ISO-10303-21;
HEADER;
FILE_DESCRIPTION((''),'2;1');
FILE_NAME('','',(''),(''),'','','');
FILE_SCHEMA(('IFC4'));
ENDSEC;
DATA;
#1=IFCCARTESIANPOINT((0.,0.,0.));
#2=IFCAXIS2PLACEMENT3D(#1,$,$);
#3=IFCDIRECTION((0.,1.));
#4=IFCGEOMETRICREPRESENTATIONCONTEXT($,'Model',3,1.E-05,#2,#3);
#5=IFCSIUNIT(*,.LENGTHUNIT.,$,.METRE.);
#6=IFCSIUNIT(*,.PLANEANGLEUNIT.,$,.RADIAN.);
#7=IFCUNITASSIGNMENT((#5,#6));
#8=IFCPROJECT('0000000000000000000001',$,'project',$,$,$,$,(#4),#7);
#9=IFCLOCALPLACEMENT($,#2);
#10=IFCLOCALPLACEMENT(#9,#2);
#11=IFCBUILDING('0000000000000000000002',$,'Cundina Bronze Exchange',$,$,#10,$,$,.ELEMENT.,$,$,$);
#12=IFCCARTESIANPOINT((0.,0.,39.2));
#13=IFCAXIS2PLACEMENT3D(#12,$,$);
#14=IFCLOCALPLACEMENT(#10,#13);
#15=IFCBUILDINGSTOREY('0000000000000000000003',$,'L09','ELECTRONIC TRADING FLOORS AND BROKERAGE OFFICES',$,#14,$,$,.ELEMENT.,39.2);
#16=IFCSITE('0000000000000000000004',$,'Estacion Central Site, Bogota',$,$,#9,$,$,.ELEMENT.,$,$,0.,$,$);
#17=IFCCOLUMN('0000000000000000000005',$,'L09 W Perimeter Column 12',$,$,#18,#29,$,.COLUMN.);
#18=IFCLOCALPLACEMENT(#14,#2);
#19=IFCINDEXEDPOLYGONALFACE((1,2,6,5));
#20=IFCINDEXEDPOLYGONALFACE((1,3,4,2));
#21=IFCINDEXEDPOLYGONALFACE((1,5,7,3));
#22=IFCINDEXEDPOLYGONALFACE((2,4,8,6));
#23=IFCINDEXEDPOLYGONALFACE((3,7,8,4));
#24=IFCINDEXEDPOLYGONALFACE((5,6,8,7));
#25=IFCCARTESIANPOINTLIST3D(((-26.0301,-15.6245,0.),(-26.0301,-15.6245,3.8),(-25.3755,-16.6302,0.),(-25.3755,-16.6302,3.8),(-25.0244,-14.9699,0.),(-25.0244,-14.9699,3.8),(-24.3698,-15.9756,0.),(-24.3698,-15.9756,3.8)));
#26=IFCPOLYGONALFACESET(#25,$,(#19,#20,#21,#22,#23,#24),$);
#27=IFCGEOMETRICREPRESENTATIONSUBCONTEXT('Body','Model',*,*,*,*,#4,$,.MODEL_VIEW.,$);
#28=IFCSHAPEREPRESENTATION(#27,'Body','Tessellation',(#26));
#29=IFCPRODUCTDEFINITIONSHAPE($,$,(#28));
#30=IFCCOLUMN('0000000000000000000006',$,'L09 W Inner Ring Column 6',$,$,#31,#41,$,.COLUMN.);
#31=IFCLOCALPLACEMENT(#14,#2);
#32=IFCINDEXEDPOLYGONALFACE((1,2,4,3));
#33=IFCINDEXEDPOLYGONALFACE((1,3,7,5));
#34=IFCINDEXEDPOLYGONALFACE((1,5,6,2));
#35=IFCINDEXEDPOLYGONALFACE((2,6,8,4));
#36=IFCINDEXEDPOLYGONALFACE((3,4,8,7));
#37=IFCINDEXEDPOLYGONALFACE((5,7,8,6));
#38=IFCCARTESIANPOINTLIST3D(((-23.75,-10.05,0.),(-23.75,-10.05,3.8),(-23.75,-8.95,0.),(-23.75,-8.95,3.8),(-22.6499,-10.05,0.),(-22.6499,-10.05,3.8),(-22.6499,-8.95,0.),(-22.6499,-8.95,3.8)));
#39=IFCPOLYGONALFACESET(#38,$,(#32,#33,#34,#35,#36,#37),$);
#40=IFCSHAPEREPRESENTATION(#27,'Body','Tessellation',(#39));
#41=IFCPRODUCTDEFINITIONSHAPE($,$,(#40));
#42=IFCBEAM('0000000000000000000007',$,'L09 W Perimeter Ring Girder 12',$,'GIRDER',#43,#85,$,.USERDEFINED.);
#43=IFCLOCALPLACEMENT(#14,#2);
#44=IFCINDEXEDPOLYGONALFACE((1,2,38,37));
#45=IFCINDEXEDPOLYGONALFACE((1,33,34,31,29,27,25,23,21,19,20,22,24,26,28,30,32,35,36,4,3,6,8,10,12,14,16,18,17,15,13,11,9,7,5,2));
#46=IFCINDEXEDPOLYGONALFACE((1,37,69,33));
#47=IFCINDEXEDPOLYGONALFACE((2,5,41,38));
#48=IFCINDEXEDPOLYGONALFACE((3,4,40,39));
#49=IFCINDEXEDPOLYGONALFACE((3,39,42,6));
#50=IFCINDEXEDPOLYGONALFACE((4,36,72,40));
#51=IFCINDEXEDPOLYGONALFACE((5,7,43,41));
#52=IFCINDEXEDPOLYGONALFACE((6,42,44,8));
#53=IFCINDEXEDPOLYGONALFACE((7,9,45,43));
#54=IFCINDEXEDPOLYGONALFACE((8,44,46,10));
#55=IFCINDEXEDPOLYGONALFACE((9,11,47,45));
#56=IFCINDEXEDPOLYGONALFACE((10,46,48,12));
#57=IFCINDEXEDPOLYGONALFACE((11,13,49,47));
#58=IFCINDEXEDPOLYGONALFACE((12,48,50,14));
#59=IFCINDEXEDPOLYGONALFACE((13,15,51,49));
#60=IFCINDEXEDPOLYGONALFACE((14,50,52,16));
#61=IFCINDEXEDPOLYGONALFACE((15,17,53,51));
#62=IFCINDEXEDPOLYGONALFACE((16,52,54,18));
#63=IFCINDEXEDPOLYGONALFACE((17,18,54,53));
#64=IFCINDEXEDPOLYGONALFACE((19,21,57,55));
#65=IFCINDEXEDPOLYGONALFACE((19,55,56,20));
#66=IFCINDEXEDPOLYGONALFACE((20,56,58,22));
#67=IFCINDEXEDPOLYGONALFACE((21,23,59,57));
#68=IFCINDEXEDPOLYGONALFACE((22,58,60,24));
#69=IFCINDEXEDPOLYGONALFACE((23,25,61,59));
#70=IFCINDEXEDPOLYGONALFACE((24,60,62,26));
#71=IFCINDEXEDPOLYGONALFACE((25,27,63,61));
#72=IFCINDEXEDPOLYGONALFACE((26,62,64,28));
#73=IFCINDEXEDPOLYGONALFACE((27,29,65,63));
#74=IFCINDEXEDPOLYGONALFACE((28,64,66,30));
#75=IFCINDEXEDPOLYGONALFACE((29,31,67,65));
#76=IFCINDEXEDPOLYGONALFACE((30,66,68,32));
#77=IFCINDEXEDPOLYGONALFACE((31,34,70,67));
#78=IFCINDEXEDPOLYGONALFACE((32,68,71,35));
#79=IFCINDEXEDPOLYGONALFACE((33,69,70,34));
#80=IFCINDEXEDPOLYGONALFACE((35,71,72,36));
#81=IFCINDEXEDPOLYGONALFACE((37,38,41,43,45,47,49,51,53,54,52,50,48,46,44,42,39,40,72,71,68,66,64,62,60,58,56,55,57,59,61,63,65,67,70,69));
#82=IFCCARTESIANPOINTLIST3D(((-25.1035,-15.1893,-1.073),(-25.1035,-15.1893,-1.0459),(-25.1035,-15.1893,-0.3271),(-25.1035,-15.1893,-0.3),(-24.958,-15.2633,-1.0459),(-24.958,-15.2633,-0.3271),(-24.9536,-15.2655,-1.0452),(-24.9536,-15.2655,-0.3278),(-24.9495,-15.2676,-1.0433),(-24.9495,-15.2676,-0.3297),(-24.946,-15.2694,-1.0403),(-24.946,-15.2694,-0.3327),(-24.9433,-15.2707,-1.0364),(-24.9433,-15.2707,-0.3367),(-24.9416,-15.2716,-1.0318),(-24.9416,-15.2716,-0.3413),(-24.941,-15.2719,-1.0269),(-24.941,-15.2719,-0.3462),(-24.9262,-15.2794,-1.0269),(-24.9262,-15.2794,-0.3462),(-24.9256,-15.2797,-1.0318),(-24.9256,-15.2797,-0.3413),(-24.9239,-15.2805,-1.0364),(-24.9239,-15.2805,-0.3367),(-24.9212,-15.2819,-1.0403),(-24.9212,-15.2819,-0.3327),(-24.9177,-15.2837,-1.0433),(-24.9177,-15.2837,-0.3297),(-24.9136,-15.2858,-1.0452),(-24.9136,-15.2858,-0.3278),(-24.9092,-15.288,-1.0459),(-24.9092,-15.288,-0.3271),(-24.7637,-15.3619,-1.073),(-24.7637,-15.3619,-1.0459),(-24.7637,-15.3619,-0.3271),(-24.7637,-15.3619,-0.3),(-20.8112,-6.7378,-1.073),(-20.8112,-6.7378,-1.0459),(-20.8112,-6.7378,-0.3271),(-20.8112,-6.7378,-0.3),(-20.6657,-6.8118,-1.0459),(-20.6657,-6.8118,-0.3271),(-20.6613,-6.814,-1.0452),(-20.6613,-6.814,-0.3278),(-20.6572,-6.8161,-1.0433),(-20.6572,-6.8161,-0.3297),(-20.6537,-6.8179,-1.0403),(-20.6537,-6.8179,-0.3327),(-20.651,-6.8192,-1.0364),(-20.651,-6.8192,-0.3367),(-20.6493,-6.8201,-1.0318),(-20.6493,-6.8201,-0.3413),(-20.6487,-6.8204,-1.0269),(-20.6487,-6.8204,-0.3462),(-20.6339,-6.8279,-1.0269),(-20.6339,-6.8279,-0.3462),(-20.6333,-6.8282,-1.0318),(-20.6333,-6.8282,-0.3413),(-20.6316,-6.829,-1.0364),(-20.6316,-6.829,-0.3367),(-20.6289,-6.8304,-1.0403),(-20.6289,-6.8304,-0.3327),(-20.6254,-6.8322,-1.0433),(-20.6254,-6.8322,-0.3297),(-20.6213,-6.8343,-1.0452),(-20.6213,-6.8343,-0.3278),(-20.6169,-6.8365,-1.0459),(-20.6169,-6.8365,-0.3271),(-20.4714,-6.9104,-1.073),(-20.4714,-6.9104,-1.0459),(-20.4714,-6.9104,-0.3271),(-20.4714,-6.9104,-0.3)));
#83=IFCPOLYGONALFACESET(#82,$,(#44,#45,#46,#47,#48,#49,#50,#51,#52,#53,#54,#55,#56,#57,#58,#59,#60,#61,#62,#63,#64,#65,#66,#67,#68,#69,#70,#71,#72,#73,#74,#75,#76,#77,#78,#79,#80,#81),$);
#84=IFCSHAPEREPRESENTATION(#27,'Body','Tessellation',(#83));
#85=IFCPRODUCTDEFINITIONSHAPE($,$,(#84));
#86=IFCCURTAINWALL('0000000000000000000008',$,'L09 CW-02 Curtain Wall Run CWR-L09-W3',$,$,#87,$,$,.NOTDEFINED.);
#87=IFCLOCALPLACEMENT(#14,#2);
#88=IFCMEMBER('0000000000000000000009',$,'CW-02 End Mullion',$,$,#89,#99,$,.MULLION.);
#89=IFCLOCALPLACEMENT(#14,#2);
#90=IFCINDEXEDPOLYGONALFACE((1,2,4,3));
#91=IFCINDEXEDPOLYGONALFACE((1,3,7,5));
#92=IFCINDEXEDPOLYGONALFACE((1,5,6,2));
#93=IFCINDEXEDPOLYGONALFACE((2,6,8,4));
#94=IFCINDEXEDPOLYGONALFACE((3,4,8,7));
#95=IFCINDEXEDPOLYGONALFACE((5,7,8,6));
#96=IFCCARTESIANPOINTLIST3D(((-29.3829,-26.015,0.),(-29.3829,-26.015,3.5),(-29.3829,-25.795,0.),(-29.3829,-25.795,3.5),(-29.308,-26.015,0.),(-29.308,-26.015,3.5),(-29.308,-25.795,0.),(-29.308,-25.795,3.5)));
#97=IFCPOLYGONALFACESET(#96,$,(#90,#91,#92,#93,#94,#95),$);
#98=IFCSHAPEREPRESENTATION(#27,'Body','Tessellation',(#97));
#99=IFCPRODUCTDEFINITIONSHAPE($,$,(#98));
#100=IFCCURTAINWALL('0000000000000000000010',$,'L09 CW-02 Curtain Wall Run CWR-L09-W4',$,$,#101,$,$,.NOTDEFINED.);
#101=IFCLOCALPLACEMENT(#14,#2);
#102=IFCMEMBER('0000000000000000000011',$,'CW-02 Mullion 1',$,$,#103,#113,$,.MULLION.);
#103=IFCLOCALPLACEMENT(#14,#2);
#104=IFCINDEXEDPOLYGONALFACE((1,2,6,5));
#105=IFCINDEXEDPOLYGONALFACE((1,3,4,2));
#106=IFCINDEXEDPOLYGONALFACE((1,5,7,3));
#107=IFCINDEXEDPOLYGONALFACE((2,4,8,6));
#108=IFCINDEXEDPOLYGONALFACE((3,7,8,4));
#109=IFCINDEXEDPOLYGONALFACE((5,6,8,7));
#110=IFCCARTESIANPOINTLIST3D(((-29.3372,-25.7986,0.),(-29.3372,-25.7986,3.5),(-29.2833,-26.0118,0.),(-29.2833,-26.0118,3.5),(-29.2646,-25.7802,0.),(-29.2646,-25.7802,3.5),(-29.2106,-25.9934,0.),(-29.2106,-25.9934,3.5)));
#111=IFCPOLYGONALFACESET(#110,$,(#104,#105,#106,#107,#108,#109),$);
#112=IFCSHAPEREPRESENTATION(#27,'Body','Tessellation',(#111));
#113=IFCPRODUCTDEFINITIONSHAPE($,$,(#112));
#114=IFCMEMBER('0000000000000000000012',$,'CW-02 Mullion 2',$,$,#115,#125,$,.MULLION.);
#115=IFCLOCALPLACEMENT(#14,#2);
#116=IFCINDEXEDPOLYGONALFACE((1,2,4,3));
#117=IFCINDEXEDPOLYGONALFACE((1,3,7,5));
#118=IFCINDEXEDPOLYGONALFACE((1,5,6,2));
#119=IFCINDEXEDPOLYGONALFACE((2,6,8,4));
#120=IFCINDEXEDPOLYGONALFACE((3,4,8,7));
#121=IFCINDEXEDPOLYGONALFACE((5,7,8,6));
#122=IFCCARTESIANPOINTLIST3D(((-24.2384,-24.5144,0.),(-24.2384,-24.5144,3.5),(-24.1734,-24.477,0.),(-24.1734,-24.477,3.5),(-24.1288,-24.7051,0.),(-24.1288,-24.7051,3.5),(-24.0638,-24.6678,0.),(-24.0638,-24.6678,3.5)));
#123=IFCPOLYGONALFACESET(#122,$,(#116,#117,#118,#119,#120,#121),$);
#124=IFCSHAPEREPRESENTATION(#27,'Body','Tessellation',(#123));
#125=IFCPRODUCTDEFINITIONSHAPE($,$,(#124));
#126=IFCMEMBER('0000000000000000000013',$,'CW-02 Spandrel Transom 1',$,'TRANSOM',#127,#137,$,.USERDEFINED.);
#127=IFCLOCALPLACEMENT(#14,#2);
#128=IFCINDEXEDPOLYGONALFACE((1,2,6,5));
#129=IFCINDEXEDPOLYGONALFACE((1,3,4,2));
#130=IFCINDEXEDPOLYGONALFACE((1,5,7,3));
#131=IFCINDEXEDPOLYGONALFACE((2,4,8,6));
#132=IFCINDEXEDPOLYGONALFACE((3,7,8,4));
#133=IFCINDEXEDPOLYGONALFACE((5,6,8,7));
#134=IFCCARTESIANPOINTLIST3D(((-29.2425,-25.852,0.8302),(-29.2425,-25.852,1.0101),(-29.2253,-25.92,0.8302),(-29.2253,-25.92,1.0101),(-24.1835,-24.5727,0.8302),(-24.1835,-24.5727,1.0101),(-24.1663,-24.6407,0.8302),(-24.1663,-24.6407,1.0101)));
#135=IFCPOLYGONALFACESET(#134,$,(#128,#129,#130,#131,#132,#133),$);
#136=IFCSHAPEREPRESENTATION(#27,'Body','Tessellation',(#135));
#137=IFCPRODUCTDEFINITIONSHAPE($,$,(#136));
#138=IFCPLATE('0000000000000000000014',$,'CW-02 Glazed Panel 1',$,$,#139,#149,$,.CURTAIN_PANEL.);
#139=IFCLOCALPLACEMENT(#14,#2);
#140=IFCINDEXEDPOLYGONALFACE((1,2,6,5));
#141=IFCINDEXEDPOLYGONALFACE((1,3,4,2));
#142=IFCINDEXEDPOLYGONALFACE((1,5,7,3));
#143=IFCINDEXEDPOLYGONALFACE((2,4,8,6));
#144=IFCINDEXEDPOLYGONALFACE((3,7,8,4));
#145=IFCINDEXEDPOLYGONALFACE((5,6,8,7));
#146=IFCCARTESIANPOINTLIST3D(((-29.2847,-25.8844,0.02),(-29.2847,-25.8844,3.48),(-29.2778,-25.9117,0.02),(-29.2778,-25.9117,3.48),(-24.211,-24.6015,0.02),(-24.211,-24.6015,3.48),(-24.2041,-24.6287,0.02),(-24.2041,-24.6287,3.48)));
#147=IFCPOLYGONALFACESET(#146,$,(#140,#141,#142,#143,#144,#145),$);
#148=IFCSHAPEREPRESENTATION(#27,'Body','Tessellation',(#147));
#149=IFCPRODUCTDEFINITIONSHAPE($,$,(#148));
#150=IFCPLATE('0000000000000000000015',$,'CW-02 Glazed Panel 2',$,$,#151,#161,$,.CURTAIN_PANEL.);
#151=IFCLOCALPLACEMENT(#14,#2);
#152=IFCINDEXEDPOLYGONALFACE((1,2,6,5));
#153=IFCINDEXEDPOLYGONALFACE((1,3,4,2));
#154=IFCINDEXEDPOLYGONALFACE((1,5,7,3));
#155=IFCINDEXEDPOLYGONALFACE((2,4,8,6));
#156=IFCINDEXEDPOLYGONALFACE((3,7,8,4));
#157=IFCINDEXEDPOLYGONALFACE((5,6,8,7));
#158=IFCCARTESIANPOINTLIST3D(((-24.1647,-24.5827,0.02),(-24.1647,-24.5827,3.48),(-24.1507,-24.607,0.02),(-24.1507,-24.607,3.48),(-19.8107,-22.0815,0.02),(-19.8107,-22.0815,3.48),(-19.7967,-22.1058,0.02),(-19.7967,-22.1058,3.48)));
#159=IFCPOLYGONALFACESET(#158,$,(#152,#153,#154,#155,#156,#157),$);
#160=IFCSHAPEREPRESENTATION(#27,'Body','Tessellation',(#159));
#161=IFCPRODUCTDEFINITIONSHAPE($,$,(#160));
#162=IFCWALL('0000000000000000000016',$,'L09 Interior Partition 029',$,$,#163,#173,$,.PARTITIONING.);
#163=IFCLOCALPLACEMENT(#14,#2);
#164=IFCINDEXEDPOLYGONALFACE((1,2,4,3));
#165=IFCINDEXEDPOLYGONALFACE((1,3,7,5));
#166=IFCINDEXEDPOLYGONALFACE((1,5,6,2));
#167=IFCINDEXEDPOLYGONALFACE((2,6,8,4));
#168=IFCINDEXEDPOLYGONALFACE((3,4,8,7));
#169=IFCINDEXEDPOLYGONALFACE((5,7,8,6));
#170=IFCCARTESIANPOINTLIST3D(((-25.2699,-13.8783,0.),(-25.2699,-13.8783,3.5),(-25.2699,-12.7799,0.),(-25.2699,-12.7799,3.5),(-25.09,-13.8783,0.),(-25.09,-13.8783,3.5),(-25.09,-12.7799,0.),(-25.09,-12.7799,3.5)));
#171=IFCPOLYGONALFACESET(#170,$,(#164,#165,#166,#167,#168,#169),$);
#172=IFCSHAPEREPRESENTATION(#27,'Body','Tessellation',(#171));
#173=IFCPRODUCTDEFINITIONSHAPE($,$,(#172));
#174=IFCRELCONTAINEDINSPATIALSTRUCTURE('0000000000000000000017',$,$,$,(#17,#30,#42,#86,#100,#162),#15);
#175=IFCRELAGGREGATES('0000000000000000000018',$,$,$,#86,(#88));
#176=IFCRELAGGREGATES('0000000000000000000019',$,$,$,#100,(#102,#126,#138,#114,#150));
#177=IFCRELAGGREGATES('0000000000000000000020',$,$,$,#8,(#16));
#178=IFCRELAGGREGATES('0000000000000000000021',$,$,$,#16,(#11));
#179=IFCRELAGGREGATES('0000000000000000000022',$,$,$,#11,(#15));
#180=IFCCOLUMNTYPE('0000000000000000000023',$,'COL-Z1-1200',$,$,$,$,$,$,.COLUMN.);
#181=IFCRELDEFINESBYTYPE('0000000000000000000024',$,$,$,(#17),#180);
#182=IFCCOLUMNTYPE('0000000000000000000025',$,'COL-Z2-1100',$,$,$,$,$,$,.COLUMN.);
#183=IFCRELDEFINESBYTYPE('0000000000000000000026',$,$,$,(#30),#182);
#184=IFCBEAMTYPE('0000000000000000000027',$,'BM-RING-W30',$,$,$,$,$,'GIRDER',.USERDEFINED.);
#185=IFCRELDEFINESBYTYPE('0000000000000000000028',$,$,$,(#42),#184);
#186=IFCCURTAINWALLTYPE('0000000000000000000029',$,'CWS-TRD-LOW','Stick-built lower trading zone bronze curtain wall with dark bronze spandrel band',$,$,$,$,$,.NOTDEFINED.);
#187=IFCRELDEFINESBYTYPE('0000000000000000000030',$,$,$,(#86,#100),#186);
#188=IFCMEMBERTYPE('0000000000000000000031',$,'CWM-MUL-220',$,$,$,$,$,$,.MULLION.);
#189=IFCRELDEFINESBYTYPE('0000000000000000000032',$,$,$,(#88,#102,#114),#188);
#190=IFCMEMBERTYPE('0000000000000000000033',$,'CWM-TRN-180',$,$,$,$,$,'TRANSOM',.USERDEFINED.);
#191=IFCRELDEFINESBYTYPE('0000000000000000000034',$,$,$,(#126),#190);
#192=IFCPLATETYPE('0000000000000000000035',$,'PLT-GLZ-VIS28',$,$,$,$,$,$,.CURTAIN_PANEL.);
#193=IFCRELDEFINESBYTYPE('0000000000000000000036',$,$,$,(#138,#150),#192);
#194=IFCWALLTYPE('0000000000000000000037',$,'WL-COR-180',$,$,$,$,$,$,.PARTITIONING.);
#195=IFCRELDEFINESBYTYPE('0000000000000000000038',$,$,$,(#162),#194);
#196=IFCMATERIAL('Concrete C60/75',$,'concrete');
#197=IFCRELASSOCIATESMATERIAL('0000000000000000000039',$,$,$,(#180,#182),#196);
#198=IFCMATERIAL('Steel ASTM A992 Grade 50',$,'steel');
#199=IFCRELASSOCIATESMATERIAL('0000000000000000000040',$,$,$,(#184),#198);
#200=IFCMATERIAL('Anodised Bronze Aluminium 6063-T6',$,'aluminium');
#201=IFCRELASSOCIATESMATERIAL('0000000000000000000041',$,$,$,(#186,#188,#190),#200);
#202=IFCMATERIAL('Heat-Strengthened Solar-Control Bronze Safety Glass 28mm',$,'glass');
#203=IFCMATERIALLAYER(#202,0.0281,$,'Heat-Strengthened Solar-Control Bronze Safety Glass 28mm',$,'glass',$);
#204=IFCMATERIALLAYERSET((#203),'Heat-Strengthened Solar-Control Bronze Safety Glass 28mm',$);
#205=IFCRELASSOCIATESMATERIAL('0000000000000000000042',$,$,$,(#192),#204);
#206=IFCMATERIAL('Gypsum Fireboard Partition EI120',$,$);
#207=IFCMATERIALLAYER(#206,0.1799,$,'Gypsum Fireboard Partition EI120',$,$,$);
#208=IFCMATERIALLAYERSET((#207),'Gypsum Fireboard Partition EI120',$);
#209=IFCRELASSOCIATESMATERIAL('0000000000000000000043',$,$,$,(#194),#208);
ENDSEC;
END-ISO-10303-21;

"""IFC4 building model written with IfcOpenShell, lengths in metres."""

from ifc_helpers import new_model, si_unit, direction, frame, frame_2d, origin, origin_2d, place, context, subcontext, project, spatial, rectangle, i_section, extrude, material, layer, layer_set, material_profile, profile_set, type_object, element, aggregate, save


model = new_model("IFC4")

# Units and contexts
model_context = context("Model", 3, precision=1e-05, world=origin(), true_north=direction((0.0, 1.0)))
body_context = subcontext(model_context, "Body", "Model", "MODEL_VIEW")
ifc_project = project(units=[si_unit("LENGTHUNIT", "METRE"), si_unit("PLANEANGLEUNIT", "RADIAN")], contexts=[model_context])

# Site, building, storey
site_placement = place(None, origin())
site = spatial("IfcSite", under=ifc_project, at=site_placement, Name="Estacion Central Site, Bogota", CompositionType="ELEMENT", RefElevation=0.0)
building_placement = place(site_placement, origin())
building = spatial("IfcBuilding", under=site, at=building_placement, Name="Cundina Bronze Exchange", CompositionType="ELEMENT")
storey_placement = place(building_placement, frame((0.0, 0.0, 39.2)))
storey = spatial("IfcBuildingStorey", under=building, at=storey_placement, Name="L09", Description="ELECTRONIC TRADING FLOORS AND BROKERAGE OFFICES", CompositionType="ELEMENT", Elevation=39.2)

# Columns
ifc_material_1 = material(Name="Concrete C60/75", Category="concrete")
ifc_material_profile_1 = material_profile(ifc_material_1, rectangle(XDim=1.2, YDim=1.2, at=origin_2d()), Name="RC1200X1200", Category="concrete")
ifc_profile_set_1 = profile_set([ifc_material_profile_1], Name="Concrete C60/75")
column_type_1 = type_object("IfcColumnType", Name="COL-Z1-1200", PredefinedType="COLUMN", material=ifc_profile_set_1)
column_1_placement = place(storey_placement, frame((-25.2, -15.8, 0.0), z_axis=(0.0, 0.0, 1.0), x_axis=(0.8381, 0.545517, 0.0)))
element("IfcColumn", 1, at=column_1_placement, inside=storey, type_object=column_type_1, Name="L09 W Perimeter Column 12", PredefinedType="COLUMN", context=body_context, shape_type="SweptSolid", body=[
    extrude(rectangle(XDim=1.2, YDim=1.2, at=origin_2d()), origin(), (0.0, 0.0, 1.0), 3.8),
])
ifc_material_profile_2 = material_profile(ifc_material_1, rectangle(XDim=1.1001, YDim=1.1001, at=origin_2d()), Name="RC1100X1100", Category="concrete")
ifc_profile_set_2 = profile_set([ifc_material_profile_2], Name="Concrete C60/75")
column_type_2 = type_object("IfcColumnType", Name="COL-Z2-1100", PredefinedType="COLUMN", material=ifc_profile_set_2)
column_2_placement = place(storey_placement, frame((-23.2, -9.5, 0.0), z_axis=(0.0, 0.0, 1.0), x_axis=(1.0, 0.0, 0.0)))
element("IfcColumn", 2, at=column_2_placement, inside=storey, type_object=column_type_2, Name="L09 W Inner Ring Column 6", PredefinedType="COLUMN", context=body_context, shape_type="SweptSolid", body=[
    extrude(rectangle(XDim=1.1001, YDim=1.1001, at=origin_2d()), origin(), (0.0, 0.0, 1.0), 3.8),
])

# Beam
ifc_material_2 = material(Name="Steel ASTM A992 Grade 50", Category="steel")
ifc_material_profile_3 = material_profile(ifc_material_2, i_section(OverallWidth=0.3811, OverallDepth=0.7729, WebThickness=0.0166, FlangeThickness=0.0271, FilletRadius=0.019, at=origin_2d()), Name="W30X173", Category="steel")
ifc_profile_set_3 = profile_set([ifc_material_profile_3], Name="Steel ASTM A992 Grade 50")
beam_type = type_object("IfcBeamType", Name="BM-RING-W30", ElementType="GIRDER", PredefinedType="USERDEFINED", material=ifc_profile_set_3)
beam_placement = place(storey_placement, frame((-24.9336, -15.2756, -0.6865), z_axis=(0.45282, 0.891602, 0.0), x_axis=(-0.891602, 0.45282, 0.0)))
element("IfcBeam", 3, at=beam_placement, inside=storey, type_object=beam_type, Name="L09 W Perimeter Ring Girder 12", ObjectType="GIRDER", PredefinedType="USERDEFINED", context=body_context, shape_type="SweptSolid", body=[
    extrude(i_section(OverallWidth=0.3811, OverallDepth=0.7729, WebThickness=0.0166, FlangeThickness=0.0271, FilletRadius=0.019, at=origin_2d()), origin(), (0.0, 0.0, 1.0), 9.479),
])

# Curtain wall, member
ifc_material_3 = material(Name="Anodised Bronze Aluminium 6063-T6", Category="aluminium")
curtain_wall_type = type_object("IfcCurtainWallType", Name="CWS-TRD-LOW", Description="Stick-built lower trading zone bronze curtain wall with dark bronze spandrel band", PredefinedType="NOTDEFINED", material=ifc_material_3)
curtain_wall_1_placement = place(storey_placement, origin())
curtain_wall_1 = element("IfcCurtainWall", 4, at=curtain_wall_1_placement, inside=storey, type_object=curtain_wall_type, Name="L09 CW-02 Curtain Wall Run CWR-L09-W3", PredefinedType="NOTDEFINED")
ifc_material_profile_4 = material_profile(ifc_material_3, rectangle(XDim=0.075, YDim=0.22, at=origin_2d()), Name="AL75X220", Category="aluminium")
ifc_profile_set_4 = profile_set([ifc_material_profile_4], Name="Anodised Bronze Aluminium 6063-T6")
member_type_1 = type_object("IfcMemberType", Name="CWM-MUL-220", PredefinedType="MULLION", material=ifc_profile_set_4)
member_1_placement = place(storey_placement, frame((-29.3455, -25.905, 0.0), z_axis=(0.0, 0.0, 1.0), x_axis=(1.0, 0.0, 0.0)))
member_1 = element("IfcMember", 5, at=member_1_placement, type_object=member_type_1, Name="CW-02 End Mullion", PredefinedType="MULLION", context=body_context, shape_type="SweptSolid", body=[
    extrude(rectangle(XDim=0.075, YDim=0.22, at=origin_2d()), origin(), (0.0, 0.0, 1.0), 3.5),
])
aggregate(curtain_wall_1, [member_1])

# Curtain wall, members, plates
curtain_wall_2_placement = place(storey_placement, origin())
curtain_wall_2 = element("IfcCurtainWall", 6, at=curtain_wall_2_placement, inside=storey, type_object=curtain_wall_type, Name="L09 CW-02 Curtain Wall Run CWR-L09-W4", PredefinedType="NOTDEFINED")
member_2_placement = place(storey_placement, frame((-29.2739, -25.896, 0.0), z_axis=(0.0, 0.0, 1.0), x_axis=(0.969488, 0.245138, 0.0)))
member_2 = element("IfcMember", 7, at=member_2_placement, type_object=member_type_1, Name="CW-02 Mullion 1", PredefinedType="MULLION", context=body_context, shape_type="SweptSolid", body=[
    extrude(rectangle(XDim=0.075, YDim=0.22, at=origin_2d()), origin(), (0.0, 0.0, 1.0), 3.5),
])
member_3_placement = place(storey_placement, frame((-24.1511, -24.5911, 0.0), z_axis=(0.0, 0.0, 1.0), x_axis=(0.867071, 0.498185, 0.0)))
member_3 = element("IfcMember", 8, at=member_3_placement, type_object=member_type_1, Name="CW-02 Mullion 2", PredefinedType="MULLION", context=body_context, shape_type="SweptSolid", body=[
    extrude(rectangle(XDim=0.075, YDim=0.22, at=origin_2d()), origin(), (0.0, 0.0, 1.0), 3.5),
])
ifc_material_profile_5 = material_profile(ifc_material_3, rectangle(XDim=0.0701, YDim=0.1799, at=origin_2d()), Name="AL70X180", Category="aluminium")
ifc_profile_set_5 = profile_set([ifc_material_profile_5], Name="Anodised Bronze Aluminium 6063-T6")
member_type_2 = type_object("IfcMemberType", Name="CWM-TRN-180", ElementType="TRANSOM", PredefinedType="USERDEFINED", material=ifc_profile_set_5)
member_4_placement = place(storey_placement, frame((-29.2339, -25.886, 0.9202), z_axis=(0.969484, 0.245155, 0.0), x_axis=(-0.245155, 0.969484, 0.0)))
member_4 = element("IfcMember", 9, at=member_4_placement, type_object=member_type_2, Name="CW-02 Spandrel Transom 1", ObjectType="TRANSOM", PredefinedType="USERDEFINED", context=body_context, shape_type="SweptSolid", body=[
    extrude(rectangle(XDim=0.0701, YDim=0.1799, at=origin_2d()), origin(), (0.0, 0.0, 1.0), 5.2183),
])
ifc_material_4 = material(Name="Heat-Strengthened Solar-Control Bronze Safety Glass 28mm", Category="glass")
ifc_layer_1 = layer(ifc_material_4, 0.0281, Name="Heat-Strengthened Solar-Control Bronze Safety Glass 28mm", Category="glass")
ifc_layer_set_1 = layer_set([ifc_layer_1], Name="Heat-Strengthened Solar-Control Bronze Safety Glass 28mm")
plate_type = type_object("IfcPlateType", Name="PLT-GLZ-VIS28", PredefinedType="CURTAIN_PANEL", material=ifc_layer_set_1)
plate_1_placement = place(storey_placement, frame((-26.7444, -25.2566, 0.02), z_axis=(0.0, 0.0, 1.0), x_axis=(0.969488, 0.245138, 0.0)))
plate_1 = element("IfcPlate", 10, at=plate_1_placement, type_object=plate_type, Name="CW-02 Glazed Panel 1", PredefinedType="CURTAIN_PANEL", context=body_context, shape_type="SweptSolid", body=[
    extrude(rectangle(XDim=5.2334, YDim=0.0281, at=origin_2d()), origin(), (0.0, 0.0, 1.0), 3.46),
])
plate_2_placement = place(storey_placement, frame((-21.9807, -23.3442, 0.02), z_axis=(0.0, 0.0, 1.0), x_axis=(0.867105, 0.498125, 0.0)))
plate_2 = element("IfcPlate", 11, at=plate_2_placement, type_object=plate_type, Name="CW-02 Glazed Panel 2", PredefinedType="CURTAIN_PANEL", context=body_context, shape_type="SweptSolid", body=[
    extrude(rectangle(XDim=5.0212, YDim=0.0281, at=origin_2d()), origin(), (0.0, 0.0, 1.0), 3.46),
])
aggregate(curtain_wall_2, [member_2, member_4, plate_1, member_3, plate_2])

# Wall
ifc_material_5 = material(Name="Gypsum Fireboard Partition EI120")
ifc_layer_2 = layer(ifc_material_5, 0.1799, Name="Gypsum Fireboard Partition EI120")
ifc_layer_set_2 = layer_set([ifc_layer_2], Name="Gypsum Fireboard Partition EI120")
wall_type_1 = type_object("IfcWallType", Name="WL-COR-180", PredefinedType="PARTITIONING", material=ifc_layer_set_2)
wall_1_placement = place(storey_placement, frame((-25.1799, -13.8784, 0.0), z_axis=(0.0, 0.0, 1.0), x_axis=(0.0, 1.0, 0.0)))
element("IfcWall", 12, at=wall_1_placement, inside=storey, type_object=wall_type_1, Name="L09 Interior Partition 029", PredefinedType="PARTITIONING", context=body_context, shape_type="SweptSolid", body=[
    extrude(rectangle(XDim=1.0984, YDim=0.1799, at=frame_2d((0.5493, 0.0))), origin(), (0.0, 0.0, 1.0), 3.5),
])

save(model, "model.ifc")
